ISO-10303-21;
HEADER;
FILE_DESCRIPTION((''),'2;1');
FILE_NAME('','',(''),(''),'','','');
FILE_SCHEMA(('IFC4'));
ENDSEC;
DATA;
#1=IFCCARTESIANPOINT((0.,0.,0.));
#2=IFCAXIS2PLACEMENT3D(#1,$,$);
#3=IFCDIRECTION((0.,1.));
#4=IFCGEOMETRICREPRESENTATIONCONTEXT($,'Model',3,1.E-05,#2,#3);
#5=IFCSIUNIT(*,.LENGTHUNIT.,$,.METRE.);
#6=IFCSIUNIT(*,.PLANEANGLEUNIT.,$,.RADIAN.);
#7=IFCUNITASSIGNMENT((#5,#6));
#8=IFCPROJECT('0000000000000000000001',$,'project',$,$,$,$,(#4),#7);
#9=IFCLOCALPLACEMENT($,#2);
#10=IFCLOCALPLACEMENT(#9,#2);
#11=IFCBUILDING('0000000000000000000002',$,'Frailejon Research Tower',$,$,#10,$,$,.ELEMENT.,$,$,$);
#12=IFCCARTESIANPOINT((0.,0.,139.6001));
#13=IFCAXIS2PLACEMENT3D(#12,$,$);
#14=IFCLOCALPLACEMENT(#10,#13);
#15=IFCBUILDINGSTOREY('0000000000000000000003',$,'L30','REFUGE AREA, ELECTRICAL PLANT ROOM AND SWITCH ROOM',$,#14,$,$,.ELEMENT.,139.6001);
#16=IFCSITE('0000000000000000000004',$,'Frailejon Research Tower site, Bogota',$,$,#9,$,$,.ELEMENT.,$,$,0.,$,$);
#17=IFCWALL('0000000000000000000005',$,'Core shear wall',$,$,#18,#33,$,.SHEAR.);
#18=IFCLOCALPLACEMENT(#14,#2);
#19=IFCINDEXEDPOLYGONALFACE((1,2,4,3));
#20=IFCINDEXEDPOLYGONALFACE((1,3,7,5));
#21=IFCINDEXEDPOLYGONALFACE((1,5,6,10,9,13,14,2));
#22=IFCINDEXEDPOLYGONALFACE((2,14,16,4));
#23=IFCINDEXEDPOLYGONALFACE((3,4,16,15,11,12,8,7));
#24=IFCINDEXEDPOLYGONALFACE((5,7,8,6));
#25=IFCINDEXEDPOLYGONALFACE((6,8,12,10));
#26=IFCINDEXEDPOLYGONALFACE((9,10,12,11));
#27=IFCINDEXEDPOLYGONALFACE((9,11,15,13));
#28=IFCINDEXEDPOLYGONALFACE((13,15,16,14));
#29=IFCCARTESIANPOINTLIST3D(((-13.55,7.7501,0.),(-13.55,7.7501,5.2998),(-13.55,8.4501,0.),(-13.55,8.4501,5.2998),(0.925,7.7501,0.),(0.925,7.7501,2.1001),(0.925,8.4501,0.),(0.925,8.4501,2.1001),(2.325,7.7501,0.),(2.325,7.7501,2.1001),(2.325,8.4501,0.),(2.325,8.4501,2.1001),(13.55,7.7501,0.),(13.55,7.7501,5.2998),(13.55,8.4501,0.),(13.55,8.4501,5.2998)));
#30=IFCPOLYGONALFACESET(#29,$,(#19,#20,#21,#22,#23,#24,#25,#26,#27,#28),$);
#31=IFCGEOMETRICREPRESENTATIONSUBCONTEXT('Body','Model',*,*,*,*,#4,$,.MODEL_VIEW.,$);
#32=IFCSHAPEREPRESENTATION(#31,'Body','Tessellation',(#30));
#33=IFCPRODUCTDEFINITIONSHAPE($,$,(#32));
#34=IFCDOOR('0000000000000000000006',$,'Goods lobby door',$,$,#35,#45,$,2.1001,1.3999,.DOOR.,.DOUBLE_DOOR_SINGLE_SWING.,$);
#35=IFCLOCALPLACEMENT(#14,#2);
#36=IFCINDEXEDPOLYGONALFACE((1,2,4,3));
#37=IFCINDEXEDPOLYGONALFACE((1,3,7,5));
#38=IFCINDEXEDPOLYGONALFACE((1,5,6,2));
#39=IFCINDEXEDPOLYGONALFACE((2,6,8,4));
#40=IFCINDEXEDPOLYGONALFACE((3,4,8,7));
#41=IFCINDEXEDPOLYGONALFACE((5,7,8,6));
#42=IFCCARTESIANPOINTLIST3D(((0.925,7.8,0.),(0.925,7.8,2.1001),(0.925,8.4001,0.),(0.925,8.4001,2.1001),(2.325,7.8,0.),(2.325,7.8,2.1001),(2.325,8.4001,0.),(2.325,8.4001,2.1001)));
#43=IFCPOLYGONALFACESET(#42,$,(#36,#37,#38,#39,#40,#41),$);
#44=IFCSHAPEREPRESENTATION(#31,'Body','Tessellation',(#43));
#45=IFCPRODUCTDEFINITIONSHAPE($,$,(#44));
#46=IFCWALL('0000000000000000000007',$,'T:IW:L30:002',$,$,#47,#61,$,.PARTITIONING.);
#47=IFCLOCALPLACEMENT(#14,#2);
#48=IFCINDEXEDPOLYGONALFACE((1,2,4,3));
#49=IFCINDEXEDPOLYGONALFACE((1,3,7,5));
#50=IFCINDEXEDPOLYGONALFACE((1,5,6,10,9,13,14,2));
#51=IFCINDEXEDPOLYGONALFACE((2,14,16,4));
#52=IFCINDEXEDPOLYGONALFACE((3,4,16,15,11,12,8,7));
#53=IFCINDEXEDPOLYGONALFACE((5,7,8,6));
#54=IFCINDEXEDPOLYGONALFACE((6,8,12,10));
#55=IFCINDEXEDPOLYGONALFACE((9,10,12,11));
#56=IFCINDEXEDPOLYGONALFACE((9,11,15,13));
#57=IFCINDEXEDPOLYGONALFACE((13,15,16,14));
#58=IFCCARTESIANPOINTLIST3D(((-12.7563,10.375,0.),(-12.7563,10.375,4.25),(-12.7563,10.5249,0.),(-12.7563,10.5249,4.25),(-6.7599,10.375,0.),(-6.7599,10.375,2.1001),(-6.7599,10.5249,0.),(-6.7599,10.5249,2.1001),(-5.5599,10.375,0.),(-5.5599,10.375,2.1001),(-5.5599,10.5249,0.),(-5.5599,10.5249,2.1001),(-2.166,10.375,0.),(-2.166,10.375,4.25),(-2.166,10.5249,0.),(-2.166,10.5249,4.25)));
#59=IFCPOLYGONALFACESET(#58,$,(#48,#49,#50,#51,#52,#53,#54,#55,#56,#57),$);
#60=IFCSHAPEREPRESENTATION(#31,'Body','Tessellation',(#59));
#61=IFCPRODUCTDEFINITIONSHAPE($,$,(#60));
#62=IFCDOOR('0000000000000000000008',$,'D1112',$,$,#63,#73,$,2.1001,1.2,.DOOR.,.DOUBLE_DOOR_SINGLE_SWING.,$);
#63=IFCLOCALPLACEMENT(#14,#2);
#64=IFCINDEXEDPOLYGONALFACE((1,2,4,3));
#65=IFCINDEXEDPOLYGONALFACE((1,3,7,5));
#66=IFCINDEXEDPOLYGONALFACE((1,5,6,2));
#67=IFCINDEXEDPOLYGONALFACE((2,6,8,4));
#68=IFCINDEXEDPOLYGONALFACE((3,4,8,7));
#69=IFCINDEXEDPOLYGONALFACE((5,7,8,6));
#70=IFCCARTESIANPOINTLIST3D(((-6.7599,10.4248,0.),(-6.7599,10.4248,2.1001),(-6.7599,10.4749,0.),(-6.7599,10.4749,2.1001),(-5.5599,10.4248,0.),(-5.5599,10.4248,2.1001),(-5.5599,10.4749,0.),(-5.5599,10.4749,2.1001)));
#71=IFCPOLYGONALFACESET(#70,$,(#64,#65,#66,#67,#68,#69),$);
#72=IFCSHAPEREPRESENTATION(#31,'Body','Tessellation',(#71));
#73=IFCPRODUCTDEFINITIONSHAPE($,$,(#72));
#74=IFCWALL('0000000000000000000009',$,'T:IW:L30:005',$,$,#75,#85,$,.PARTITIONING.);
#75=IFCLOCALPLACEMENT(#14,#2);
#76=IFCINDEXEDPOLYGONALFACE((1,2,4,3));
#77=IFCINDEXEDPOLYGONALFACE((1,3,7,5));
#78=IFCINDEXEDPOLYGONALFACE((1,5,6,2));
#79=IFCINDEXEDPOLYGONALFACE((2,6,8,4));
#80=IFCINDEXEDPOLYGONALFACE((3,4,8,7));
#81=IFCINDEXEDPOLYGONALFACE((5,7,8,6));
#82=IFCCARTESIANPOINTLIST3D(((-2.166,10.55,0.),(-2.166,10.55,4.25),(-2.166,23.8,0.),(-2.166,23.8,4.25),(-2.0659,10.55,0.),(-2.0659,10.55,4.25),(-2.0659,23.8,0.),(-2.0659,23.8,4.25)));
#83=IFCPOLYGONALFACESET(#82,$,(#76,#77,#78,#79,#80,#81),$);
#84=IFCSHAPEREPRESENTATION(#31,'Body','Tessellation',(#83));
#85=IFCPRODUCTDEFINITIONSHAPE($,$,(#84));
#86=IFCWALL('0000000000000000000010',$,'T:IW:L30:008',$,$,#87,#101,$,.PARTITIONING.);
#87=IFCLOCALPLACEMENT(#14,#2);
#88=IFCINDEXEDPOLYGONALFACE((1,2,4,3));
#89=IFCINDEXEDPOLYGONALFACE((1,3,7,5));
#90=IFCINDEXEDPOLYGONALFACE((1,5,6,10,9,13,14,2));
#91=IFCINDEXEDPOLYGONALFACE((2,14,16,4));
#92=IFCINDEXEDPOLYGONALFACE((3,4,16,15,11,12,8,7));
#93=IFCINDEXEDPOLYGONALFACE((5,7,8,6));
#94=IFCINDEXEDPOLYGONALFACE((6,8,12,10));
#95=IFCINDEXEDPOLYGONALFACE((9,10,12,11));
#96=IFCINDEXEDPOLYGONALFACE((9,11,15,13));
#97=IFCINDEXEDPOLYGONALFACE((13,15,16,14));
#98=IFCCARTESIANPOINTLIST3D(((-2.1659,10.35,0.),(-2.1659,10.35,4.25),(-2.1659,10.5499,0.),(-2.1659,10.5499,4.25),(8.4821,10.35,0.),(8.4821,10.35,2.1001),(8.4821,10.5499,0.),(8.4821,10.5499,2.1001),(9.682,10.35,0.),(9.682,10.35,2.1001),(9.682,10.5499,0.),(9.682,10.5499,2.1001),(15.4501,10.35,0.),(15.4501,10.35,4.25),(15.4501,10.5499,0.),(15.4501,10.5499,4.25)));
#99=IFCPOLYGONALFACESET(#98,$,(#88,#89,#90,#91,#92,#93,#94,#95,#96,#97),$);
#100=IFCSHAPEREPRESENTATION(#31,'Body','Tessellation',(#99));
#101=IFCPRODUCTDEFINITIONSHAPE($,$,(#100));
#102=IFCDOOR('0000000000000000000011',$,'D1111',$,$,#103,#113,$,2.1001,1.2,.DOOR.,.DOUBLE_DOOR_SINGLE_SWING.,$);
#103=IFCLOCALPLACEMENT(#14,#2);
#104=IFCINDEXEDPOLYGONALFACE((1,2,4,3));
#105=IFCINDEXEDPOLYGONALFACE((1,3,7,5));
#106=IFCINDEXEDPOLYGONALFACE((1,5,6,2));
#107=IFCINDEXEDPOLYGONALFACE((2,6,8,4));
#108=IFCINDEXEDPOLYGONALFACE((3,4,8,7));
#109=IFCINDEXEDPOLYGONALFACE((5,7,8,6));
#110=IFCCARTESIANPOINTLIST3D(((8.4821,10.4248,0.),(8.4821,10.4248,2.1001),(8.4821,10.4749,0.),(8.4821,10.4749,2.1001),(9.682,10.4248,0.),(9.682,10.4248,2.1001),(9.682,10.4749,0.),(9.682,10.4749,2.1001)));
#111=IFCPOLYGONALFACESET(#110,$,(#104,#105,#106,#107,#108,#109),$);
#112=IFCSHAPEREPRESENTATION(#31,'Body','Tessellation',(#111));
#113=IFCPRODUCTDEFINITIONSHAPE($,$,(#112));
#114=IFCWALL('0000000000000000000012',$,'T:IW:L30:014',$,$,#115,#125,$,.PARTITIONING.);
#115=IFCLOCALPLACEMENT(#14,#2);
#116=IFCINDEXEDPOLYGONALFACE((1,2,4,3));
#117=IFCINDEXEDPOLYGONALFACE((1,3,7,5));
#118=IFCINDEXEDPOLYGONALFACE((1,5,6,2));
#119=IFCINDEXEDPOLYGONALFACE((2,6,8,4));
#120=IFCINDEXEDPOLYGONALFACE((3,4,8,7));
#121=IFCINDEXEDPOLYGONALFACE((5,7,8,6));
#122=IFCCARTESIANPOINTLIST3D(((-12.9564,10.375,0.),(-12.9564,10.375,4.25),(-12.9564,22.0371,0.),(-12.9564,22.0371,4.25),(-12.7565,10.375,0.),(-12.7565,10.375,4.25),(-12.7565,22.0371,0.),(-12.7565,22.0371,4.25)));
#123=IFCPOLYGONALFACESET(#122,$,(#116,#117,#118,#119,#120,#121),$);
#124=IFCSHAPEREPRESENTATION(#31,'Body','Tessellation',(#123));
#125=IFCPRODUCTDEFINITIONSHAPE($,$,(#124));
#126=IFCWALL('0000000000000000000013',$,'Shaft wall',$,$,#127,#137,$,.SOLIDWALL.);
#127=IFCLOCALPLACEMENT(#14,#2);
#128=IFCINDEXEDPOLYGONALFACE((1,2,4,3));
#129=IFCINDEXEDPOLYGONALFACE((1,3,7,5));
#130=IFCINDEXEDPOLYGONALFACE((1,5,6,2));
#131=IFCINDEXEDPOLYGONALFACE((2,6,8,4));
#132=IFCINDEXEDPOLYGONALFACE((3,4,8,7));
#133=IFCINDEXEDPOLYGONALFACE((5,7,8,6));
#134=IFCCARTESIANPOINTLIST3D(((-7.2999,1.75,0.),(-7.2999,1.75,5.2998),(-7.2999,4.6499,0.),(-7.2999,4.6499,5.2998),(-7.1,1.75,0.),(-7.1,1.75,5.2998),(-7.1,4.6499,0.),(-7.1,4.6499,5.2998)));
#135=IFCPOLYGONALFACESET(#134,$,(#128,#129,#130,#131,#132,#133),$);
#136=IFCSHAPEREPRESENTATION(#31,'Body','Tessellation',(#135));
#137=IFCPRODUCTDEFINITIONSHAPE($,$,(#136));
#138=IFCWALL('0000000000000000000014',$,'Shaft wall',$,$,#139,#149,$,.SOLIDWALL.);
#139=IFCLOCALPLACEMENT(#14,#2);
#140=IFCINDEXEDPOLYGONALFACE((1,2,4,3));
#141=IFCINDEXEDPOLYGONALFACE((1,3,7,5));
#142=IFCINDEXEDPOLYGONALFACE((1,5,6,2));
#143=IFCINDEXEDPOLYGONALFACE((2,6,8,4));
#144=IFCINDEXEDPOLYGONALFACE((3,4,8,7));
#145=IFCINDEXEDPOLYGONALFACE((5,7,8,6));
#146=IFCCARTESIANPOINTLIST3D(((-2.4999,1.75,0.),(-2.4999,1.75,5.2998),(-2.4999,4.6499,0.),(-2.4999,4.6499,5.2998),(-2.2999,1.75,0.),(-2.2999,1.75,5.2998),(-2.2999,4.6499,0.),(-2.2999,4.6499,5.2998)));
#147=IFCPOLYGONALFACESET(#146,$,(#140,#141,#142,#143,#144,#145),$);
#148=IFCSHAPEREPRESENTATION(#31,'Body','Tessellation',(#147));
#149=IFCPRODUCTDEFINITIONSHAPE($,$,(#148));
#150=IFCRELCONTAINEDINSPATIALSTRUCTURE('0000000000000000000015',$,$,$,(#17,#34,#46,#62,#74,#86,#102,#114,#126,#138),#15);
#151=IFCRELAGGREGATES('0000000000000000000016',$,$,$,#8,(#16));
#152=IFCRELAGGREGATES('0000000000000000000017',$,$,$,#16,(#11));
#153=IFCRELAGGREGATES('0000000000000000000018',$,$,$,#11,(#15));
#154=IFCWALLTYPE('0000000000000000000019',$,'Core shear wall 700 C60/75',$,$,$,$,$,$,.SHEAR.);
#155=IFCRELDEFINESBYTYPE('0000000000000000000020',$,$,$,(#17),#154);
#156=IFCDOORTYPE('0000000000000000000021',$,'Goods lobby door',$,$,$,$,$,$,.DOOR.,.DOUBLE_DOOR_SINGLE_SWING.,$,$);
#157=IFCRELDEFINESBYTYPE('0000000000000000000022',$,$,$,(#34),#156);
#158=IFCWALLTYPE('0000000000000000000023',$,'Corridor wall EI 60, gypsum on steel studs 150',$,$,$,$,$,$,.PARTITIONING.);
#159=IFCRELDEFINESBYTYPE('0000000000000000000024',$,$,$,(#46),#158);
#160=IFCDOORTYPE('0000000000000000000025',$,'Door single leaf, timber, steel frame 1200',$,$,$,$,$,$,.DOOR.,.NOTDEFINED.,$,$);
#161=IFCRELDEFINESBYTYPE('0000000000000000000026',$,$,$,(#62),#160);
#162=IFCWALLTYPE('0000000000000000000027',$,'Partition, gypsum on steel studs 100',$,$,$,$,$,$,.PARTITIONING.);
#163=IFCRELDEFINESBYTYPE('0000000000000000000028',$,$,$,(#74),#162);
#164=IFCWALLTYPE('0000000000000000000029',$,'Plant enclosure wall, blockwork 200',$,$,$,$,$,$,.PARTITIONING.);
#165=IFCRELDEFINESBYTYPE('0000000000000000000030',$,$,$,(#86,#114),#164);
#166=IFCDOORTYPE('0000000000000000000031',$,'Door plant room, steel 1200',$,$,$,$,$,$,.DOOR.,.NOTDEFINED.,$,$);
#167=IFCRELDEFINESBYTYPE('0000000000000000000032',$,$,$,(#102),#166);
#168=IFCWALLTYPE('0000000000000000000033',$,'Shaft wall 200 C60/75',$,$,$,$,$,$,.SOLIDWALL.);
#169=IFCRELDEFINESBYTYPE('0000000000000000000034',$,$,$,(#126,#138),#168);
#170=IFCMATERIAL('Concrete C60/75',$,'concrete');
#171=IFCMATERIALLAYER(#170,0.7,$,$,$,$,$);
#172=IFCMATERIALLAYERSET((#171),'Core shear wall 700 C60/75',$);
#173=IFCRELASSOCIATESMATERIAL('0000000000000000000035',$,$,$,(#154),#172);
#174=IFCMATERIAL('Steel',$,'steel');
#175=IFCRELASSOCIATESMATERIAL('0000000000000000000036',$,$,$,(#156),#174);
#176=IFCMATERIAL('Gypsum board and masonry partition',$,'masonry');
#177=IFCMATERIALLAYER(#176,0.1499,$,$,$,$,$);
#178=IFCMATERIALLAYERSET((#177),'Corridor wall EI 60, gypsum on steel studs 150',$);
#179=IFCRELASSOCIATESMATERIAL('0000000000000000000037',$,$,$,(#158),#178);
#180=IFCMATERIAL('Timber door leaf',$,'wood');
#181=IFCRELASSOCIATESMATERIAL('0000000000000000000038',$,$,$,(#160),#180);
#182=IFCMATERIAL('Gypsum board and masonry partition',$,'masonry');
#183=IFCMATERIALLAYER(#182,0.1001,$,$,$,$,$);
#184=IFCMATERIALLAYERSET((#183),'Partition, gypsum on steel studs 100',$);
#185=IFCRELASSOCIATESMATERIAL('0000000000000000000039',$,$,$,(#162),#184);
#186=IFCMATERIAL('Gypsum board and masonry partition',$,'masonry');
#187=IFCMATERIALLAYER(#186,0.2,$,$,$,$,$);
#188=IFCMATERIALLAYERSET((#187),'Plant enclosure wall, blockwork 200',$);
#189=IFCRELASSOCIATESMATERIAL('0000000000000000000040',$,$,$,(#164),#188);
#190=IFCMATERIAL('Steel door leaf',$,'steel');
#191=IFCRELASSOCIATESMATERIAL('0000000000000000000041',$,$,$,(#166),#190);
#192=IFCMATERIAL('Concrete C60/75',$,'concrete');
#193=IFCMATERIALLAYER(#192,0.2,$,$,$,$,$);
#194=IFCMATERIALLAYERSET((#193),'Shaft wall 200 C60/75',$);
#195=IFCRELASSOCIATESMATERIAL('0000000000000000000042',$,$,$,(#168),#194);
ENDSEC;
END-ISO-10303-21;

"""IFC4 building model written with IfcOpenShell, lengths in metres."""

from ifc_helpers import new_model, si_unit, direction, frame, frame_2d, origin, place, context, subcontext, project, spatial, rectangle, extrude, material, layer, layer_set, type_object, element, fill, save


model = new_model("IFC4")

# Units and contexts
model_context = context("Model", 3, precision=1e-05, world=origin(), true_north=direction((0.0, 1.0)))
body_context = subcontext(model_context, "Body", "Model", "MODEL_VIEW")
ifc_project = project(units=[si_unit("LENGTHUNIT", "METRE"), si_unit("PLANEANGLEUNIT", "RADIAN")], contexts=[model_context])

# Site, building, storey
site_placement = place(None, origin())
site = spatial("IfcSite", under=ifc_project, at=site_placement, Name="Frailejon Research Tower site, Bogota", CompositionType="ELEMENT", RefElevation=0.0)
building_placement = place(site_placement, origin())
building = spatial("IfcBuilding", under=site, at=building_placement, Name="Frailejon Research Tower", CompositionType="ELEMENT")
storey_placement = place(building_placement, frame((0.0, 0.0, 139.6001)))
storey = spatial("IfcBuildingStorey", under=building, at=storey_placement, Name="L30", Description="REFUGE AREA, ELECTRICAL PLANT ROOM AND SWITCH ROOM", CompositionType="ELEMENT", Elevation=139.6001)

# Walls, openings, doors
ifc_material_1 = material(Name="Concrete C60/75", Category="concrete")
ifc_layer_1 = layer(ifc_material_1, 0.7)
ifc_layer_set_1 = layer_set([ifc_layer_1], Name="Core shear wall 700 C60/75")
wall_type_1 = type_object("IfcWallType", Name="Core shear wall 700 C60/75", PredefinedType="SHEAR", material=ifc_layer_set_1)
wall_1_placement = place(storey_placement, frame((-13.55, 8.1001, 0.0), z_axis=(0.0, 0.0, 1.0), x_axis=(1.0, 0.0, 0.0)))
wall_1 = element("IfcWall", 1, at=wall_1_placement, inside=storey, type_object=wall_type_1, Name="Core shear wall", PredefinedType="SHEAR", context=body_context, shape_type="SweptSolid", body=[
    extrude(rectangle(XDim=27.1001, YDim=0.7, at=frame_2d((13.55, 0.0))), origin(), (0.0, 0.0, 1.0), 5.2998),
])
opening_1_placement = place(wall_1_placement, frame((14.4751, 0.0, 0.0)))
opening_1 = element("IfcOpeningElement", 2, at=opening_1_placement, cuts=wall_1, PredefinedType="OPENING", context=body_context, shape_type="SweptSolid", body=[
    extrude(rectangle(XDim=1.3999, YDim=2.1001, at=frame_2d((0.7, 1.05))), frame((0.0, 0.3599, 0.0), z_axis=(0.0, -1.0, 0.0), x_axis=(1.0, 0.0, 0.0)), (0.0, 0.0, 1.0), 0.72),
])
ifc_material_2 = material(Name="Steel", Category="steel")
door_type_1 = type_object("IfcDoorType", Name="Goods lobby door", OperationType="DOUBLE_DOOR_SINGLE_SWING", PredefinedType="DOOR", material=ifc_material_2)
door_1_placement = place(opening_1_placement, origin())
door_1 = element("IfcDoor", 3, at=door_1_placement, inside=storey, type_object=door_type_1, Name="Goods lobby door", OperationType="DOUBLE_DOOR_SINGLE_SWING", OverallHeight=2.1001, OverallWidth=1.3999, PredefinedType="DOOR", context=body_context, shape_type="SweptSolid", body=[
    extrude(rectangle(XDim=1.3999, YDim=2.1001, at=frame_2d((0.7, 1.05))), frame((0.0, 0.3, 0.0), z_axis=(0.0, -1.0, 0.0), x_axis=(1.0, 0.0, 0.0)), (0.0, 0.0, 1.0), 0.6001),
])
fill(opening_1, door_1)
ifc_material_3 = material(Name="Gypsum board and masonry partition", Category="masonry")
ifc_layer_2 = layer(ifc_material_3, 0.1499)
ifc_layer_set_2 = layer_set([ifc_layer_2], Name="Corridor wall EI 60, gypsum on steel studs 150")
wall_type_2 = type_object("IfcWallType", Name="Corridor wall EI 60, gypsum on steel studs 150", PredefinedType="PARTITIONING", material=ifc_layer_set_2)
wall_2_placement = place(storey_placement, frame((-12.7563, 10.45, 0.0), z_axis=(0.0, 0.0, 1.0), x_axis=(1.0, 0.0, 0.0)))
wall_2 = element("IfcWall", 4, at=wall_2_placement, inside=storey, type_object=wall_type_2, Name="T:IW:L30:002", PredefinedType="PARTITIONING", context=body_context, shape_type="SweptSolid", body=[
    extrude(rectangle(XDim=10.5903, YDim=0.1499, at=frame_2d((5.2952, 0.0))), origin(), (0.0, 0.0, 1.0), 4.25),
])
opening_2_placement = place(wall_2_placement, frame((5.9963, 0.0, 0.0)))
opening_2 = element("IfcOpeningElement", 5, at=opening_2_placement, cuts=wall_2, PredefinedType="OPENING", context=body_context, shape_type="SweptSolid", body=[
    extrude(rectangle(XDim=1.2, YDim=2.1001, at=frame_2d((0.6001, 1.05))), frame((0.0, 0.085, 0.0), z_axis=(0.0, -1.0, 0.0), x_axis=(1.0, 0.0, 0.0)), (0.0, 0.0, 1.0), 0.1699),
])
ifc_material_4 = material(Name="Timber door leaf", Category="wood")
door_type_2 = type_object("IfcDoorType", Name="Door single leaf, timber, steel frame 1200", OperationType="NOTDEFINED", PredefinedType="DOOR", material=ifc_material_4)
door_2_placement = place(opening_2_placement, origin())
door_2 = element("IfcDoor", 6, at=door_2_placement, inside=storey, type_object=door_type_2, Name="D1112", OperationType="DOUBLE_DOOR_SINGLE_SWING", OverallHeight=2.1001, OverallWidth=1.2, PredefinedType="DOOR", context=body_context, shape_type="SweptSolid", body=[
    extrude(rectangle(XDim=1.2, YDim=2.1001, at=frame_2d((0.6001, 1.05))), frame((0.0, 0.0249, 0.0), z_axis=(0.0, -1.0, 0.0), x_axis=(1.0, 0.0, 0.0)), (0.0, 0.0, 1.0), 0.05),
])
fill(opening_2, door_2)

# Wall
ifc_material_5 = material(Name="Gypsum board and masonry partition", Category="masonry")
ifc_layer_3 = layer(ifc_material_5, 0.1001)
ifc_layer_set_3 = layer_set([ifc_layer_3], Name="Partition, gypsum on steel studs 100")
wall_type_3 = type_object("IfcWallType", Name="Partition, gypsum on steel studs 100", PredefinedType="PARTITIONING", material=ifc_layer_set_3)
wall_3_placement = place(storey_placement, frame((-2.116, 10.55, 0.0), z_axis=(0.0, 0.0, 1.0), x_axis=(0.0, 1.0, 0.0)))
element("IfcWall", 7, at=wall_3_placement, inside=storey, type_object=wall_type_3, Name="T:IW:L30:005", PredefinedType="PARTITIONING", context=body_context, shape_type="SweptSolid", body=[
    extrude(rectangle(XDim=13.25, YDim=0.1001, at=frame_2d((6.625, 0.0))), origin(), (0.0, 0.0, 1.0), 4.25),
])

# Wall, opening, door
ifc_material_6 = material(Name="Gypsum board and masonry partition", Category="masonry")
ifc_layer_4 = layer(ifc_material_6, 0.2)
ifc_layer_set_4 = layer_set([ifc_layer_4], Name="Plant enclosure wall, blockwork 200")
wall_type_4 = type_object("IfcWallType", Name="Plant enclosure wall, blockwork 200", PredefinedType="PARTITIONING", material=ifc_layer_set_4)
wall_4_placement = place(storey_placement, frame((-2.166, 10.45, 0.0), z_axis=(0.0, 0.0, 1.0), x_axis=(1.0, 0.0, 0.0)))
wall_4 = element("IfcWall", 8, at=wall_4_placement, inside=storey, type_object=wall_type_4, Name="T:IW:L30:008", PredefinedType="PARTITIONING", context=body_context, shape_type="SweptSolid", body=[
    extrude(rectangle(XDim=17.616, YDim=0.2, at=frame_2d((8.8081, 0.0))), origin(), (0.0, 0.0, 1.0), 4.25),
])
opening_3_placement = place(wall_4_placement, frame((10.6479, 0.0, 0.0)))
opening_3 = element("IfcOpeningElement", 9, at=opening_3_placement, cuts=wall_4, PredefinedType="OPENING", context=body_context, shape_type="SweptSolid", body=[
    extrude(rectangle(XDim=1.2, YDim=2.1001, at=frame_2d((0.6001, 1.05))), frame((0.0, 0.1099, 0.0), z_axis=(0.0, -1.0, 0.0), x_axis=(1.0, 0.0, 0.0)), (0.0, 0.0, 1.0), 0.22),
])
ifc_material_7 = material(Name="Steel door leaf", Category="steel")
door_type_3 = type_object("IfcDoorType", Name="Door plant room, steel 1200", OperationType="NOTDEFINED", PredefinedType="DOOR", material=ifc_material_7)
door_3_placement = place(opening_3_placement, origin())
door_3 = element("IfcDoor", 10, at=door_3_placement, inside=storey, type_object=door_type_3, Name="D1111", OperationType="DOUBLE_DOOR_SINGLE_SWING", OverallHeight=2.1001, OverallWidth=1.2, PredefinedType="DOOR", context=body_context, shape_type="SweptSolid", body=[
    extrude(rectangle(XDim=1.2, YDim=2.1001, at=frame_2d((0.6001, 1.05))), frame((0.0, 0.0249, 0.0), z_axis=(0.0, -1.0, 0.0), x_axis=(1.0, 0.0, 0.0)), (0.0, 0.0, 1.0), 0.05),
])
fill(opening_3, door_3)

# Walls
wall_5_placement = place(storey_placement, frame((-12.8564, 10.375, 0.0), z_axis=(0.0, 0.0, 1.0), x_axis=(0.0, 1.0, 0.0)))
element("IfcWall", 11, at=wall_5_placement, inside=storey, type_object=wall_type_4, Name="T:IW:L30:014", PredefinedType="PARTITIONING", context=body_context, shape_type="SweptSolid", body=[
    extrude(rectangle(XDim=11.6621, YDim=0.2, at=frame_2d((5.8311, 0.0))), origin(), (0.0, 0.0, 1.0), 4.25),
])
ifc_material_8 = material(Name="Concrete C60/75", Category="concrete")
ifc_layer_5 = layer(ifc_material_8, 0.2)
ifc_layer_set_5 = layer_set([ifc_layer_5], Name="Shaft wall 200 C60/75")
wall_type_5 = type_object("IfcWallType", Name="Shaft wall 200 C60/75", PredefinedType="SOLIDWALL", material=ifc_layer_set_5)
for number, where, z_axis, x_axis, name in (
    (12, (-7.2, 1.75, 0.0), (0.0, 0.0, 1.0), (0.0, 1.0, 0.0), "Shaft wall"),
    (13, (-2.3999, 1.75, 0.0), (0.0, 0.0, 1.0), (0.0, 1.0, 0.0), "Shaft wall"),
):
    element("IfcWall", number, at=place(storey_placement, frame(where, z_axis=z_axis, x_axis=x_axis)), inside=storey, type_object=wall_type_5, Name=name, PredefinedType="SOLIDWALL", context=body_context, shape_type="SweptSolid", body=[
        extrude(rectangle(XDim=2.8999, YDim=0.2, at=frame_2d((1.45, 0.0))), origin(), (0.0, 0.0, 1.0), 5.2998),
    ])

save(model, "model.ifc")
